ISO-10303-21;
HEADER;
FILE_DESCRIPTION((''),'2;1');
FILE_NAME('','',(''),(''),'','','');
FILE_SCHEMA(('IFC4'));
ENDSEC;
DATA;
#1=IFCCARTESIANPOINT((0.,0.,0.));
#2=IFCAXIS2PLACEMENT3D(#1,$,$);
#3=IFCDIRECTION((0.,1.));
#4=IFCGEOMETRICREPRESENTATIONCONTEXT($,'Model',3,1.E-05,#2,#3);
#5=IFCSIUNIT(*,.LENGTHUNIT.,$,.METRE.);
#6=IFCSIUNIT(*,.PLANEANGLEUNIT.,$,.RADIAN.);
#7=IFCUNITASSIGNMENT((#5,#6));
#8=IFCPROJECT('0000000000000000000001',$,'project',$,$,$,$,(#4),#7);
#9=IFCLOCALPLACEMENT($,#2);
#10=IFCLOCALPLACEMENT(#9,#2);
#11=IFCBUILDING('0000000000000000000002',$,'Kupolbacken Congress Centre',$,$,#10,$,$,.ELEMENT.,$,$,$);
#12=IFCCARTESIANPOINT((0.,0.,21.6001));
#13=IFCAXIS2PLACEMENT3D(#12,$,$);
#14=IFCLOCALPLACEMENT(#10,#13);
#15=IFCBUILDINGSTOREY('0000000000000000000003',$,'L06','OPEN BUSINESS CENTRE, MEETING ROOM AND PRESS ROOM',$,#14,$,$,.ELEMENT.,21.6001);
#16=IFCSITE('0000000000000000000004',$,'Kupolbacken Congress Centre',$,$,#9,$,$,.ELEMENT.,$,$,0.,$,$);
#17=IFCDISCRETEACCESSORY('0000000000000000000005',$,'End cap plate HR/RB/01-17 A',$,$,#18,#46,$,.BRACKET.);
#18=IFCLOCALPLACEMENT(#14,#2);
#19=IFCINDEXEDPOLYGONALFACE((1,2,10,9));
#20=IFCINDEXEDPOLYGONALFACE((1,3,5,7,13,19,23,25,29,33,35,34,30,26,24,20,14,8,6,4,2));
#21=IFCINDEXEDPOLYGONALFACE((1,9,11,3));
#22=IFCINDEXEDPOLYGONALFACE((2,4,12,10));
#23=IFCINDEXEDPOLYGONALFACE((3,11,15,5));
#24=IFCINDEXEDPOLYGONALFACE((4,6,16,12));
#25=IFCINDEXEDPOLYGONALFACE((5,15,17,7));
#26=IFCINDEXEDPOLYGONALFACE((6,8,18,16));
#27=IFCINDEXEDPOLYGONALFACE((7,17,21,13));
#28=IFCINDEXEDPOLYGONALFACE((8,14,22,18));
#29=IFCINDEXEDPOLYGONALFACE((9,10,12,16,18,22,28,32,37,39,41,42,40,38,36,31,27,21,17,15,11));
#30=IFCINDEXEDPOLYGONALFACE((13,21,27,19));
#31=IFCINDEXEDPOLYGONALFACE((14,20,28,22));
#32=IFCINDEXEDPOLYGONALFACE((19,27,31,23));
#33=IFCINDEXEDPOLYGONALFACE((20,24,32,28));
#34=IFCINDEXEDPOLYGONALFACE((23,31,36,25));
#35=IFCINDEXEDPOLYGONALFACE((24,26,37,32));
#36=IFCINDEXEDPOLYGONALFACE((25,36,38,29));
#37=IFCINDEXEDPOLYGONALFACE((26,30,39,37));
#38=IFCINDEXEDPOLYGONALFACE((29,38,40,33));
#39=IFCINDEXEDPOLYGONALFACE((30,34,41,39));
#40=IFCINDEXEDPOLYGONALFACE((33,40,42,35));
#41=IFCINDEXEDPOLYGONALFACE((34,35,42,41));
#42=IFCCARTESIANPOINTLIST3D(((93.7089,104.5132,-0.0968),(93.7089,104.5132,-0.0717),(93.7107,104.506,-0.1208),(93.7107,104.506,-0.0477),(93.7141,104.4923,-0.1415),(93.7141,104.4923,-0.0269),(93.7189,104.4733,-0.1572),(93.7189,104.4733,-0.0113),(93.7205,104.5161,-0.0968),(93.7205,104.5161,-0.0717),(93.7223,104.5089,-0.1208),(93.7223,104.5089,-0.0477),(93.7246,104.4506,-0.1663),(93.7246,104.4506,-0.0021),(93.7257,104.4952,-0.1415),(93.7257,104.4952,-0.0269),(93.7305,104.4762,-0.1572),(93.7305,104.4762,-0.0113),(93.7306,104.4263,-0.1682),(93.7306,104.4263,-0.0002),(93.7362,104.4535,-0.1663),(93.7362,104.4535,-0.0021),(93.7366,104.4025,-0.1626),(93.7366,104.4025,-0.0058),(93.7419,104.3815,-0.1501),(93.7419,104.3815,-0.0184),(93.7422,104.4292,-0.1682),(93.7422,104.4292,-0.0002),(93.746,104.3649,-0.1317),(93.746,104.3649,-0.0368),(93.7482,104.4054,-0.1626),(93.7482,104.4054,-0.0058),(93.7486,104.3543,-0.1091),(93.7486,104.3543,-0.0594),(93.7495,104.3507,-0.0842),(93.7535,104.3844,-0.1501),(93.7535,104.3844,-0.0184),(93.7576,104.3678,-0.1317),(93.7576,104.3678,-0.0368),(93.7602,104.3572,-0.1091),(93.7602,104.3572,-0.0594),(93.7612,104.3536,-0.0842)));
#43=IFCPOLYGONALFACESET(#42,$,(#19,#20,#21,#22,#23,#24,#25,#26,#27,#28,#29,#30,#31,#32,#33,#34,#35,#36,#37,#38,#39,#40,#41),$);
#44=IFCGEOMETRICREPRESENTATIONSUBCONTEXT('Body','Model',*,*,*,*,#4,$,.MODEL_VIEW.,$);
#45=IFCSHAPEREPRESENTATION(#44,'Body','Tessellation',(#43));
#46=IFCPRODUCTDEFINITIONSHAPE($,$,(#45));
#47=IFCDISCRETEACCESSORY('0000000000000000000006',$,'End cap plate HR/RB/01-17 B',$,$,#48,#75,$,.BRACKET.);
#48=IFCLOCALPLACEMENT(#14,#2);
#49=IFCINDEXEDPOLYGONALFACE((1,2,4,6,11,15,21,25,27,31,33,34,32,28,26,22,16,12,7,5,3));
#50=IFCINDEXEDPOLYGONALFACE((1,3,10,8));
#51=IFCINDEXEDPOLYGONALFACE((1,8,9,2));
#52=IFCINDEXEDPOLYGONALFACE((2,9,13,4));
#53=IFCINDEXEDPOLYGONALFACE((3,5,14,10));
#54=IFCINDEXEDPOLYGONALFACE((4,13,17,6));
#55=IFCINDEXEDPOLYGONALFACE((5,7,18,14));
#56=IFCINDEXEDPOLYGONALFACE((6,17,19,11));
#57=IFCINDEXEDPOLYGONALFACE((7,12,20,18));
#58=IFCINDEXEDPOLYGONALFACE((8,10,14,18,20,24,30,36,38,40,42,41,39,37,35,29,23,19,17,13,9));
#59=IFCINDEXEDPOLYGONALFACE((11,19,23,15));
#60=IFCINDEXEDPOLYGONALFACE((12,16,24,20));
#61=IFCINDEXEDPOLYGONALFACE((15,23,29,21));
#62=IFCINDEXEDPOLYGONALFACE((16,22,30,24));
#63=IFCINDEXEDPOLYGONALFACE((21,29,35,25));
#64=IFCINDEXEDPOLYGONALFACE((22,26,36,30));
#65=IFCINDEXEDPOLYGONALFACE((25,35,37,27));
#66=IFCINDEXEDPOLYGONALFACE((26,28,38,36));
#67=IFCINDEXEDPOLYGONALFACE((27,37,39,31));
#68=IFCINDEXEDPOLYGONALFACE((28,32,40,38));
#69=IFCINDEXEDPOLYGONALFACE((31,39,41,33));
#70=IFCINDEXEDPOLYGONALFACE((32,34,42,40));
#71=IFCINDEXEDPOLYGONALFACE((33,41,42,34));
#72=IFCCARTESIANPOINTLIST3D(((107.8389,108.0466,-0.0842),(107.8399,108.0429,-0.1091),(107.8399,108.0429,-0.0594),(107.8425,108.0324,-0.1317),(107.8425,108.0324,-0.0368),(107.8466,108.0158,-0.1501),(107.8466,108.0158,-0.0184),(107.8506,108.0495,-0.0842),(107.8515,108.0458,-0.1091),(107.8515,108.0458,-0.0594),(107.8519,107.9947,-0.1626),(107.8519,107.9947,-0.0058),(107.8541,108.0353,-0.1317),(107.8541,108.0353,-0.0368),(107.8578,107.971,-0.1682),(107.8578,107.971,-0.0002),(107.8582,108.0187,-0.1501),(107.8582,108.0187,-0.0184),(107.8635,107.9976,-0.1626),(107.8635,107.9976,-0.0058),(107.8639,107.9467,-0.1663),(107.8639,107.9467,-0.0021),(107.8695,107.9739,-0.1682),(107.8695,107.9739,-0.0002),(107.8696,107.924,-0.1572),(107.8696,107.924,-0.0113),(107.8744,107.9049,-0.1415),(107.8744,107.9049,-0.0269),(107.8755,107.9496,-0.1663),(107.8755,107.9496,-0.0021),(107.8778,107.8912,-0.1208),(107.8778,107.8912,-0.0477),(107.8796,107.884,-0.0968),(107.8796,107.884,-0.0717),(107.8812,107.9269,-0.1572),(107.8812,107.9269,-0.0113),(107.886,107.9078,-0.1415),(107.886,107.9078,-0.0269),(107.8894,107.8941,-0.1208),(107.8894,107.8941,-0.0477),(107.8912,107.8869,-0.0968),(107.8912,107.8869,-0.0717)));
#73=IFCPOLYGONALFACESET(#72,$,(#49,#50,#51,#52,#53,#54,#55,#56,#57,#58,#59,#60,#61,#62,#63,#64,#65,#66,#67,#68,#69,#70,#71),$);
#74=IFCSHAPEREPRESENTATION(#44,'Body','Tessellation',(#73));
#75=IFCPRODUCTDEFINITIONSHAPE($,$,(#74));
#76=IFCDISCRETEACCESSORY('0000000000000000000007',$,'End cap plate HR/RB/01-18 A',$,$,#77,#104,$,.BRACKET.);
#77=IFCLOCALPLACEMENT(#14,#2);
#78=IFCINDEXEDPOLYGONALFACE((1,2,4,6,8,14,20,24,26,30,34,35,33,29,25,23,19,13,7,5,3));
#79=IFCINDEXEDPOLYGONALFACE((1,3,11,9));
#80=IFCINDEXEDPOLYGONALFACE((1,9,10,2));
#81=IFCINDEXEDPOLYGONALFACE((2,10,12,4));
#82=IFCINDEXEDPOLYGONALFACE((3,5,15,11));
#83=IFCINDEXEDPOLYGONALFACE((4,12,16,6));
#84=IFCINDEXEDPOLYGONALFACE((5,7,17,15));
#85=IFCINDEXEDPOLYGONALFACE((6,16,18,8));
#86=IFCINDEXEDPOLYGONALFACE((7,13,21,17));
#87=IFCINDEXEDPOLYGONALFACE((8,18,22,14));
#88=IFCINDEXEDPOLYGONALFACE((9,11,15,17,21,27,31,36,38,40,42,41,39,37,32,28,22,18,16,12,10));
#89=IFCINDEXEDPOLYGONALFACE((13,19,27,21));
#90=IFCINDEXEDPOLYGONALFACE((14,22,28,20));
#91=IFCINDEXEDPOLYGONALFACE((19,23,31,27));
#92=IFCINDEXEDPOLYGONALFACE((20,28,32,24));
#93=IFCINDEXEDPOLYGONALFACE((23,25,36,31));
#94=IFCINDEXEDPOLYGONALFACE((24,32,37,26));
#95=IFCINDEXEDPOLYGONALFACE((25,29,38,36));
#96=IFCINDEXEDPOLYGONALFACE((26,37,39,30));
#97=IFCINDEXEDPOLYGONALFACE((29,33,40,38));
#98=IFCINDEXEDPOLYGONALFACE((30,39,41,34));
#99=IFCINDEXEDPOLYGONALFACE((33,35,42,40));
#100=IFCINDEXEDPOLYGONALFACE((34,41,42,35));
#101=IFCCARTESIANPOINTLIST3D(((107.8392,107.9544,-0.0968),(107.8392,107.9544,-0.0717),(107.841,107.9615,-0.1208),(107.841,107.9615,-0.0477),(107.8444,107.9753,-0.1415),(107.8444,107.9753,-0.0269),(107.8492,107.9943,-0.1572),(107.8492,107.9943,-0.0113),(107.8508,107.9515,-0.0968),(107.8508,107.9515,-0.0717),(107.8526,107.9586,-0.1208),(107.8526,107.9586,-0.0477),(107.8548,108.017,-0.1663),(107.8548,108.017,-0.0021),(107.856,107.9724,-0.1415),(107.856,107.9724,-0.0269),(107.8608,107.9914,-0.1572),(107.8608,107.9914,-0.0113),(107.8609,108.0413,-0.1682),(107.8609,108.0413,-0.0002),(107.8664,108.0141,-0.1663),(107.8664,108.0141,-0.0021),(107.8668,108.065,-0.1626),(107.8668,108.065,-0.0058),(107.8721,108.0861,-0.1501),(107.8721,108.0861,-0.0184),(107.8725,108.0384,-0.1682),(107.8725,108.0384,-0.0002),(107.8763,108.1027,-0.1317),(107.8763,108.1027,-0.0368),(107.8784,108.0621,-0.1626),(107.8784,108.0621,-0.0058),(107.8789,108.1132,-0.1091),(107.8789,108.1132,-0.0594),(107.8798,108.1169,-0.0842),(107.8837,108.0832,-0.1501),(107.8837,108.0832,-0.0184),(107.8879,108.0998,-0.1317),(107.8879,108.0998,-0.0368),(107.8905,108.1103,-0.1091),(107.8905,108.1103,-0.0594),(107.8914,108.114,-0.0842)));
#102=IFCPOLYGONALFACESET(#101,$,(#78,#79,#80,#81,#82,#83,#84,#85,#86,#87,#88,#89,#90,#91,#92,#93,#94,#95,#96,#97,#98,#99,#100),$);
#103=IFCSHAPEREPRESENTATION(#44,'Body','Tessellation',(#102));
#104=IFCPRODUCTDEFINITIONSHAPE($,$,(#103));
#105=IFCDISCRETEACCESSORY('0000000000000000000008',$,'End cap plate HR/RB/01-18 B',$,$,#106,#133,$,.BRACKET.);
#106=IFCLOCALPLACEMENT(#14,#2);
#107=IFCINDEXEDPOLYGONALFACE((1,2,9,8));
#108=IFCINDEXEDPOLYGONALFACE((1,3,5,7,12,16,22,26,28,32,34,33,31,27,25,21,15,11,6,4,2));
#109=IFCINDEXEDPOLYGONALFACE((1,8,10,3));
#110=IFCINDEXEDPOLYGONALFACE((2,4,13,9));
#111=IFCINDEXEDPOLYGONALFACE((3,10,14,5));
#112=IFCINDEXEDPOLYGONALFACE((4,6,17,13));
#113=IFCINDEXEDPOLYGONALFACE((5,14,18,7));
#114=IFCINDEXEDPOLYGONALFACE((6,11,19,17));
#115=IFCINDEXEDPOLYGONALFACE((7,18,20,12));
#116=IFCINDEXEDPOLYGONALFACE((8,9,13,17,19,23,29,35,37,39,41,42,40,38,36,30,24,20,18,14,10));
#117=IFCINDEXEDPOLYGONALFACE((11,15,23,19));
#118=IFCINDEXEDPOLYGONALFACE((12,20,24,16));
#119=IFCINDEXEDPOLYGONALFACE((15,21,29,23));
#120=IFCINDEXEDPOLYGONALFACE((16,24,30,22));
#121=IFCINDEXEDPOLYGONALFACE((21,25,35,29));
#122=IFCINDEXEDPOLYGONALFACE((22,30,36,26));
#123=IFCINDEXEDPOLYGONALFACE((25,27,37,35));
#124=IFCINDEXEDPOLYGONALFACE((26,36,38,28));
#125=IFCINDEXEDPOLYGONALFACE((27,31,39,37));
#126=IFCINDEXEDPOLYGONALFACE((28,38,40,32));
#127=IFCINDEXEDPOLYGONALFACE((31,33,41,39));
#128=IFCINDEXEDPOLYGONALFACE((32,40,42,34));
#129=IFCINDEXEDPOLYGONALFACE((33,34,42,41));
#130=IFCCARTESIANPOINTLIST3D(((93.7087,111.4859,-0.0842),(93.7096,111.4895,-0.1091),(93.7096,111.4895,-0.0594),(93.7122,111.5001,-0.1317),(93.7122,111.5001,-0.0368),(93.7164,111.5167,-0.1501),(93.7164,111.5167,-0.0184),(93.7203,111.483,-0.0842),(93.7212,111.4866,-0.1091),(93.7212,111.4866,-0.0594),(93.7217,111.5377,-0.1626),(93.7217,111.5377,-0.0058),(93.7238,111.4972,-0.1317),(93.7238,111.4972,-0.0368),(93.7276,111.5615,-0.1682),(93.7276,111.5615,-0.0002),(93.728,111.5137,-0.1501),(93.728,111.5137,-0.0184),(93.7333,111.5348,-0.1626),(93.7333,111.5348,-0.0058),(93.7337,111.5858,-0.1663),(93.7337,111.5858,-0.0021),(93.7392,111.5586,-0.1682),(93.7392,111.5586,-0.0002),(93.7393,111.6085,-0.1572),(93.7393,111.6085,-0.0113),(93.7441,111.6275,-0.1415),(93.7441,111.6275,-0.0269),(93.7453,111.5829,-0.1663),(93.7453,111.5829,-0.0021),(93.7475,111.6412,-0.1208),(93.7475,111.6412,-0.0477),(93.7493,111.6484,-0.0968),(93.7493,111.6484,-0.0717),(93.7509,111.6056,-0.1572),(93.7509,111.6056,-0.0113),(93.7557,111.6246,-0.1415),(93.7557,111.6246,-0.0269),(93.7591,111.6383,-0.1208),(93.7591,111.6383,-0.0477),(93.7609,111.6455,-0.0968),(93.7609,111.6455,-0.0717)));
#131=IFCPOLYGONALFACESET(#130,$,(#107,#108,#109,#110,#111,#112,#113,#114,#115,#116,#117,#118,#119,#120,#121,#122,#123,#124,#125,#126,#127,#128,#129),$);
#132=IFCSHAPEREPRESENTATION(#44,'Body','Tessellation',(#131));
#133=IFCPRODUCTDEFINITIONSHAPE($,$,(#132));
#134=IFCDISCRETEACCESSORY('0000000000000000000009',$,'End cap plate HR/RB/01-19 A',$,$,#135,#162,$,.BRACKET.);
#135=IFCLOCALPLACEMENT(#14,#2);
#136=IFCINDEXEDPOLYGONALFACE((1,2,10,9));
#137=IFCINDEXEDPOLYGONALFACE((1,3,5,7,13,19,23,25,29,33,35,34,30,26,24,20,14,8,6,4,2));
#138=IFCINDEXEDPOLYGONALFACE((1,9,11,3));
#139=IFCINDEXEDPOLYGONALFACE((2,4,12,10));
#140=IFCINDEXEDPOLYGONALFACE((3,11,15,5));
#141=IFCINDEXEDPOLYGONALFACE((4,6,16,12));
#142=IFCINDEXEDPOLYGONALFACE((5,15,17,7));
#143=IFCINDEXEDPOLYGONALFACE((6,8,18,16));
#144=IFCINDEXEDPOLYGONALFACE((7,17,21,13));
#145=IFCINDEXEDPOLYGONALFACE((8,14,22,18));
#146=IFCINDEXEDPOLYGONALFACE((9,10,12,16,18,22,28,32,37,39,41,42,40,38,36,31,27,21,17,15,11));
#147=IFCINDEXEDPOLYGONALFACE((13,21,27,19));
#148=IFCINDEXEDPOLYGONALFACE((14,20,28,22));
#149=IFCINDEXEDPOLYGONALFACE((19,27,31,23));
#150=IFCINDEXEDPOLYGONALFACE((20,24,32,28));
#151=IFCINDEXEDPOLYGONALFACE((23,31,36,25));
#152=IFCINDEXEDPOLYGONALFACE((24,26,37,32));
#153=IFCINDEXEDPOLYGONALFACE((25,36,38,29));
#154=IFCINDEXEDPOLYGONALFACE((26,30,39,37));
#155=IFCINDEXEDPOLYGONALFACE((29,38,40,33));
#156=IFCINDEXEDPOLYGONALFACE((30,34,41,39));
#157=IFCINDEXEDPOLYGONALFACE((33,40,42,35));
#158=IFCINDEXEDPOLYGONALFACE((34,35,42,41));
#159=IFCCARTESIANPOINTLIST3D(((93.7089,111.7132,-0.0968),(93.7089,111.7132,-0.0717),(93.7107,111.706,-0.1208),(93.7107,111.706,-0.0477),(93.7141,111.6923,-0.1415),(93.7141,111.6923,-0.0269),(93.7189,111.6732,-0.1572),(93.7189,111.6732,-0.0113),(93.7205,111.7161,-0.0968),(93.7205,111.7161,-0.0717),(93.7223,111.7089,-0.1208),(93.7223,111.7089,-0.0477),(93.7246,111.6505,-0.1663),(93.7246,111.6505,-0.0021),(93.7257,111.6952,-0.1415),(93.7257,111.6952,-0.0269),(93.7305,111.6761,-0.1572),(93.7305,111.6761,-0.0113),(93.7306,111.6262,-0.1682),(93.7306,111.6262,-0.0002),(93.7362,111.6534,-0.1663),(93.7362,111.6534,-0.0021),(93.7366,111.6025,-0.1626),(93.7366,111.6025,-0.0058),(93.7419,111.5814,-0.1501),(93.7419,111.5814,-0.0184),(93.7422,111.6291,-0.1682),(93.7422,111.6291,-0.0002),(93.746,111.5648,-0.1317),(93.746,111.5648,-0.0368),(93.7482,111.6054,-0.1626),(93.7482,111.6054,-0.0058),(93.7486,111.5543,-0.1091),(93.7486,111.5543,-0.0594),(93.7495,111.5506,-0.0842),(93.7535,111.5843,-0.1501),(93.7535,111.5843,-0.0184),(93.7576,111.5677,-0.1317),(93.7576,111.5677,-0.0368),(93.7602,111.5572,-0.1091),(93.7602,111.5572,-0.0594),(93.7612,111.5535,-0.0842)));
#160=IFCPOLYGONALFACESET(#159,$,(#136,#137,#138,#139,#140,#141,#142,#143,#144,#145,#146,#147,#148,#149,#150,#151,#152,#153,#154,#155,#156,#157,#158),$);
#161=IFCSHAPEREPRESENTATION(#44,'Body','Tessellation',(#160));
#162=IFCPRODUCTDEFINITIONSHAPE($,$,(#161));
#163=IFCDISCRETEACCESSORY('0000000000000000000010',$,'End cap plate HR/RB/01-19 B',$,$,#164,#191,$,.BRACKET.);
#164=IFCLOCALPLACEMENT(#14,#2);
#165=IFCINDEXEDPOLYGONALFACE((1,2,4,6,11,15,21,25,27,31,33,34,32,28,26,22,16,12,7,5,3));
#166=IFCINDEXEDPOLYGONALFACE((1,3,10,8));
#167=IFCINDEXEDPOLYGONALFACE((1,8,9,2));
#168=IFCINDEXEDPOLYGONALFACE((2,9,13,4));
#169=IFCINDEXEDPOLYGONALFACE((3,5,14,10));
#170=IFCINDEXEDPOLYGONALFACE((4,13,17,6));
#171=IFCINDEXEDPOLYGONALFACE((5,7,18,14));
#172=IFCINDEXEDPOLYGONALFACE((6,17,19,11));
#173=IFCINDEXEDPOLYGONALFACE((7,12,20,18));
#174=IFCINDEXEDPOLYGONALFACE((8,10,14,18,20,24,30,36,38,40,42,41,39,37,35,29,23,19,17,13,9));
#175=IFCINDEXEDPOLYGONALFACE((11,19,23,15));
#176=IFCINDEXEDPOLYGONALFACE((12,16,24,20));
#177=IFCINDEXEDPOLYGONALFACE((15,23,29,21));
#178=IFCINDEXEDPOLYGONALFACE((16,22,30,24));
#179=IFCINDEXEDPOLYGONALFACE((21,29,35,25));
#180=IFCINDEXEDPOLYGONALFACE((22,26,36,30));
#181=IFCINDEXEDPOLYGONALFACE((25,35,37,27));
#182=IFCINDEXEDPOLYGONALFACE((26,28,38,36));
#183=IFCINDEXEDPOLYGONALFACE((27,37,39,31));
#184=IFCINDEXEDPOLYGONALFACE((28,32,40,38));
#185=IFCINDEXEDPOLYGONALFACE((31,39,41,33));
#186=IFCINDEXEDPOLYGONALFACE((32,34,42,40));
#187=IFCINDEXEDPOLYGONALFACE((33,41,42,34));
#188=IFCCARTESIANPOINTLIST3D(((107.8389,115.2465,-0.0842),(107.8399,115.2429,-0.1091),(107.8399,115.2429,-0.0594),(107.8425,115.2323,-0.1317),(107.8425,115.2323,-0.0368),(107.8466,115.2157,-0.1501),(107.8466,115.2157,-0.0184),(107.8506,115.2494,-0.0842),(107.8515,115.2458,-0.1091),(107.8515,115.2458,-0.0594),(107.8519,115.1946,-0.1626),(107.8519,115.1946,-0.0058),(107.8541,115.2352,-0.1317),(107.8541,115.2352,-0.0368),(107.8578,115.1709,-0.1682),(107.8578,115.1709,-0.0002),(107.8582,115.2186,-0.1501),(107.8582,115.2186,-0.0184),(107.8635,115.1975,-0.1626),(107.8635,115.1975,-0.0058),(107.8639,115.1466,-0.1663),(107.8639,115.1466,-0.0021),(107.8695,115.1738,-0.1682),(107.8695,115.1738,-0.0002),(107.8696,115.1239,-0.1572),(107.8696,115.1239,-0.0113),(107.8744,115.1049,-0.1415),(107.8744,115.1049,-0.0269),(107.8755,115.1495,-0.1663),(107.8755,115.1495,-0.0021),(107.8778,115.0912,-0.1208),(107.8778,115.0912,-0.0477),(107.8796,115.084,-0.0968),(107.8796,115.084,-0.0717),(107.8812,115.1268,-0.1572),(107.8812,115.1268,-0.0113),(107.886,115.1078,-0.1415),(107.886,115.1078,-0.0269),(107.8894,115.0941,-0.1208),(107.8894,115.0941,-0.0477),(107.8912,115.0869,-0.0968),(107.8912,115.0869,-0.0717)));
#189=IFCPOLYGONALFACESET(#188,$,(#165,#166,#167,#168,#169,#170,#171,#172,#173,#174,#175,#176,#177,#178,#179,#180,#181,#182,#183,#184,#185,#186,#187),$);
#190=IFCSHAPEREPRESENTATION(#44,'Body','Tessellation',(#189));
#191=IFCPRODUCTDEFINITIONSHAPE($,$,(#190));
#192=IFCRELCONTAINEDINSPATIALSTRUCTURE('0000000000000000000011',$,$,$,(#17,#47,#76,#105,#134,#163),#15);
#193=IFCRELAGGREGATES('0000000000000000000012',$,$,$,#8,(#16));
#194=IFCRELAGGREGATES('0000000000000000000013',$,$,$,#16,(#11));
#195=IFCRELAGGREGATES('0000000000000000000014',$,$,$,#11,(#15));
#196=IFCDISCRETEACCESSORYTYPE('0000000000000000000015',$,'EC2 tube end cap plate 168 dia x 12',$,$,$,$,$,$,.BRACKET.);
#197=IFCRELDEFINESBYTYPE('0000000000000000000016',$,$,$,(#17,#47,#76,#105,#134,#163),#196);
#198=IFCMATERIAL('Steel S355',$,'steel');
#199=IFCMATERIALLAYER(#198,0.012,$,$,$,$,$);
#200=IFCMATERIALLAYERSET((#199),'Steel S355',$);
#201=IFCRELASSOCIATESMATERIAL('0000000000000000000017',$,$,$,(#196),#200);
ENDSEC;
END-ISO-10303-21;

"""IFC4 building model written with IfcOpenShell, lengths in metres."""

from ifc_helpers import new_model, si_unit, direction, frame, origin, origin_2d, place, context, subcontext, project, spatial, circle, extrude, material, layer, layer_set, type_object, element, save


model = new_model("IFC4")

# Units and contexts
model_context = context("Model", 3, precision=1e-05, world=origin(), true_north=direction((0.0, 1.0)))
body_context = subcontext(model_context, "Body", "Model", "MODEL_VIEW")
ifc_project = project(units=[si_unit("LENGTHUNIT", "METRE"), si_unit("PLANEANGLEUNIT", "RADIAN")], contexts=[model_context])

# Site, building, storey
site_placement = place(None, origin())
site = spatial("IfcSite", under=ifc_project, at=site_placement, Name="Kupolbacken Congress Centre", CompositionType="ELEMENT", RefElevation=0.0)
building_placement = place(site_placement, origin())
building = spatial("IfcBuilding", under=site, at=building_placement, Name="Kupolbacken Congress Centre", CompositionType="ELEMENT")
storey_placement = place(building_placement, frame((0.0, 0.0, 21.6001)))
storey = spatial("IfcBuildingStorey", under=building, at=storey_placement, Name="L06", Description="OPEN BUSINESS CENTRE, MEETING ROOM AND PRESS ROOM", CompositionType="ELEMENT", Elevation=21.6001)

# Discrete accessories
ifc_material_1 = material(Name="Steel S355", Category="steel")
ifc_layer_1 = layer(ifc_material_1, 0.012)
ifc_layer_set_1 = layer_set([ifc_layer_1], Name="Steel S355")
discrete_accessory_type = type_object("IfcDiscreteAccessoryType", Name="EC2 tube end cap plate 168 dia x 12", PredefinedType="BRACKET", material=ifc_layer_set_1)
for number, where, z_axis, x_axis, name in (
    (1, (93.7407, 104.4353, -0.0842), (-0.970143, -0.242536, 0.0), (0.242536, -0.970143, 0.0), "End cap plate HR/RB/01-17 A"),
    (2, (107.8594, 107.9648, -0.0842), (0.970143, 0.242536, 0.0), (-0.242536, 0.970143, 0.0), "End cap plate HR/RB/01-17 B"),
    (3, (107.8594, 108.0352, -0.0842), (0.970143, -0.242536, 0.0), (0.242536, 0.970143, 0.0), "End cap plate HR/RB/01-18 A"),
    (4, (93.7407, 111.5647, -0.0842), (-0.970143, 0.242536, 0.0), (-0.242536, -0.970143, 0.0), "End cap plate HR/RB/01-18 B"),
    (5, (93.7407, 111.6353, -0.0842), (-0.970143, -0.242536, 0.0), (0.242536, -0.970143, 0.0), "End cap plate HR/RB/01-19 A"),
    (6, (107.8594, 115.1648, -0.0842), (0.970143, 0.242536, 0.0), (-0.242536, 0.970143, 0.0), "End cap plate HR/RB/01-19 B"),
):
    element("IfcDiscreteAccessory", number, at=place(storey_placement, frame(where, z_axis=z_axis, x_axis=x_axis)), inside=storey, type_object=discrete_accessory_type, Name=name, PredefinedType="BRACKET", context=body_context, shape_type="SweptSolid", body=[
        extrude(circle(Radius=0.0842, at=origin_2d()), origin(), (0.0, 0.0, 1.0), 0.012),
    ])

save(model, "model.ifc")
